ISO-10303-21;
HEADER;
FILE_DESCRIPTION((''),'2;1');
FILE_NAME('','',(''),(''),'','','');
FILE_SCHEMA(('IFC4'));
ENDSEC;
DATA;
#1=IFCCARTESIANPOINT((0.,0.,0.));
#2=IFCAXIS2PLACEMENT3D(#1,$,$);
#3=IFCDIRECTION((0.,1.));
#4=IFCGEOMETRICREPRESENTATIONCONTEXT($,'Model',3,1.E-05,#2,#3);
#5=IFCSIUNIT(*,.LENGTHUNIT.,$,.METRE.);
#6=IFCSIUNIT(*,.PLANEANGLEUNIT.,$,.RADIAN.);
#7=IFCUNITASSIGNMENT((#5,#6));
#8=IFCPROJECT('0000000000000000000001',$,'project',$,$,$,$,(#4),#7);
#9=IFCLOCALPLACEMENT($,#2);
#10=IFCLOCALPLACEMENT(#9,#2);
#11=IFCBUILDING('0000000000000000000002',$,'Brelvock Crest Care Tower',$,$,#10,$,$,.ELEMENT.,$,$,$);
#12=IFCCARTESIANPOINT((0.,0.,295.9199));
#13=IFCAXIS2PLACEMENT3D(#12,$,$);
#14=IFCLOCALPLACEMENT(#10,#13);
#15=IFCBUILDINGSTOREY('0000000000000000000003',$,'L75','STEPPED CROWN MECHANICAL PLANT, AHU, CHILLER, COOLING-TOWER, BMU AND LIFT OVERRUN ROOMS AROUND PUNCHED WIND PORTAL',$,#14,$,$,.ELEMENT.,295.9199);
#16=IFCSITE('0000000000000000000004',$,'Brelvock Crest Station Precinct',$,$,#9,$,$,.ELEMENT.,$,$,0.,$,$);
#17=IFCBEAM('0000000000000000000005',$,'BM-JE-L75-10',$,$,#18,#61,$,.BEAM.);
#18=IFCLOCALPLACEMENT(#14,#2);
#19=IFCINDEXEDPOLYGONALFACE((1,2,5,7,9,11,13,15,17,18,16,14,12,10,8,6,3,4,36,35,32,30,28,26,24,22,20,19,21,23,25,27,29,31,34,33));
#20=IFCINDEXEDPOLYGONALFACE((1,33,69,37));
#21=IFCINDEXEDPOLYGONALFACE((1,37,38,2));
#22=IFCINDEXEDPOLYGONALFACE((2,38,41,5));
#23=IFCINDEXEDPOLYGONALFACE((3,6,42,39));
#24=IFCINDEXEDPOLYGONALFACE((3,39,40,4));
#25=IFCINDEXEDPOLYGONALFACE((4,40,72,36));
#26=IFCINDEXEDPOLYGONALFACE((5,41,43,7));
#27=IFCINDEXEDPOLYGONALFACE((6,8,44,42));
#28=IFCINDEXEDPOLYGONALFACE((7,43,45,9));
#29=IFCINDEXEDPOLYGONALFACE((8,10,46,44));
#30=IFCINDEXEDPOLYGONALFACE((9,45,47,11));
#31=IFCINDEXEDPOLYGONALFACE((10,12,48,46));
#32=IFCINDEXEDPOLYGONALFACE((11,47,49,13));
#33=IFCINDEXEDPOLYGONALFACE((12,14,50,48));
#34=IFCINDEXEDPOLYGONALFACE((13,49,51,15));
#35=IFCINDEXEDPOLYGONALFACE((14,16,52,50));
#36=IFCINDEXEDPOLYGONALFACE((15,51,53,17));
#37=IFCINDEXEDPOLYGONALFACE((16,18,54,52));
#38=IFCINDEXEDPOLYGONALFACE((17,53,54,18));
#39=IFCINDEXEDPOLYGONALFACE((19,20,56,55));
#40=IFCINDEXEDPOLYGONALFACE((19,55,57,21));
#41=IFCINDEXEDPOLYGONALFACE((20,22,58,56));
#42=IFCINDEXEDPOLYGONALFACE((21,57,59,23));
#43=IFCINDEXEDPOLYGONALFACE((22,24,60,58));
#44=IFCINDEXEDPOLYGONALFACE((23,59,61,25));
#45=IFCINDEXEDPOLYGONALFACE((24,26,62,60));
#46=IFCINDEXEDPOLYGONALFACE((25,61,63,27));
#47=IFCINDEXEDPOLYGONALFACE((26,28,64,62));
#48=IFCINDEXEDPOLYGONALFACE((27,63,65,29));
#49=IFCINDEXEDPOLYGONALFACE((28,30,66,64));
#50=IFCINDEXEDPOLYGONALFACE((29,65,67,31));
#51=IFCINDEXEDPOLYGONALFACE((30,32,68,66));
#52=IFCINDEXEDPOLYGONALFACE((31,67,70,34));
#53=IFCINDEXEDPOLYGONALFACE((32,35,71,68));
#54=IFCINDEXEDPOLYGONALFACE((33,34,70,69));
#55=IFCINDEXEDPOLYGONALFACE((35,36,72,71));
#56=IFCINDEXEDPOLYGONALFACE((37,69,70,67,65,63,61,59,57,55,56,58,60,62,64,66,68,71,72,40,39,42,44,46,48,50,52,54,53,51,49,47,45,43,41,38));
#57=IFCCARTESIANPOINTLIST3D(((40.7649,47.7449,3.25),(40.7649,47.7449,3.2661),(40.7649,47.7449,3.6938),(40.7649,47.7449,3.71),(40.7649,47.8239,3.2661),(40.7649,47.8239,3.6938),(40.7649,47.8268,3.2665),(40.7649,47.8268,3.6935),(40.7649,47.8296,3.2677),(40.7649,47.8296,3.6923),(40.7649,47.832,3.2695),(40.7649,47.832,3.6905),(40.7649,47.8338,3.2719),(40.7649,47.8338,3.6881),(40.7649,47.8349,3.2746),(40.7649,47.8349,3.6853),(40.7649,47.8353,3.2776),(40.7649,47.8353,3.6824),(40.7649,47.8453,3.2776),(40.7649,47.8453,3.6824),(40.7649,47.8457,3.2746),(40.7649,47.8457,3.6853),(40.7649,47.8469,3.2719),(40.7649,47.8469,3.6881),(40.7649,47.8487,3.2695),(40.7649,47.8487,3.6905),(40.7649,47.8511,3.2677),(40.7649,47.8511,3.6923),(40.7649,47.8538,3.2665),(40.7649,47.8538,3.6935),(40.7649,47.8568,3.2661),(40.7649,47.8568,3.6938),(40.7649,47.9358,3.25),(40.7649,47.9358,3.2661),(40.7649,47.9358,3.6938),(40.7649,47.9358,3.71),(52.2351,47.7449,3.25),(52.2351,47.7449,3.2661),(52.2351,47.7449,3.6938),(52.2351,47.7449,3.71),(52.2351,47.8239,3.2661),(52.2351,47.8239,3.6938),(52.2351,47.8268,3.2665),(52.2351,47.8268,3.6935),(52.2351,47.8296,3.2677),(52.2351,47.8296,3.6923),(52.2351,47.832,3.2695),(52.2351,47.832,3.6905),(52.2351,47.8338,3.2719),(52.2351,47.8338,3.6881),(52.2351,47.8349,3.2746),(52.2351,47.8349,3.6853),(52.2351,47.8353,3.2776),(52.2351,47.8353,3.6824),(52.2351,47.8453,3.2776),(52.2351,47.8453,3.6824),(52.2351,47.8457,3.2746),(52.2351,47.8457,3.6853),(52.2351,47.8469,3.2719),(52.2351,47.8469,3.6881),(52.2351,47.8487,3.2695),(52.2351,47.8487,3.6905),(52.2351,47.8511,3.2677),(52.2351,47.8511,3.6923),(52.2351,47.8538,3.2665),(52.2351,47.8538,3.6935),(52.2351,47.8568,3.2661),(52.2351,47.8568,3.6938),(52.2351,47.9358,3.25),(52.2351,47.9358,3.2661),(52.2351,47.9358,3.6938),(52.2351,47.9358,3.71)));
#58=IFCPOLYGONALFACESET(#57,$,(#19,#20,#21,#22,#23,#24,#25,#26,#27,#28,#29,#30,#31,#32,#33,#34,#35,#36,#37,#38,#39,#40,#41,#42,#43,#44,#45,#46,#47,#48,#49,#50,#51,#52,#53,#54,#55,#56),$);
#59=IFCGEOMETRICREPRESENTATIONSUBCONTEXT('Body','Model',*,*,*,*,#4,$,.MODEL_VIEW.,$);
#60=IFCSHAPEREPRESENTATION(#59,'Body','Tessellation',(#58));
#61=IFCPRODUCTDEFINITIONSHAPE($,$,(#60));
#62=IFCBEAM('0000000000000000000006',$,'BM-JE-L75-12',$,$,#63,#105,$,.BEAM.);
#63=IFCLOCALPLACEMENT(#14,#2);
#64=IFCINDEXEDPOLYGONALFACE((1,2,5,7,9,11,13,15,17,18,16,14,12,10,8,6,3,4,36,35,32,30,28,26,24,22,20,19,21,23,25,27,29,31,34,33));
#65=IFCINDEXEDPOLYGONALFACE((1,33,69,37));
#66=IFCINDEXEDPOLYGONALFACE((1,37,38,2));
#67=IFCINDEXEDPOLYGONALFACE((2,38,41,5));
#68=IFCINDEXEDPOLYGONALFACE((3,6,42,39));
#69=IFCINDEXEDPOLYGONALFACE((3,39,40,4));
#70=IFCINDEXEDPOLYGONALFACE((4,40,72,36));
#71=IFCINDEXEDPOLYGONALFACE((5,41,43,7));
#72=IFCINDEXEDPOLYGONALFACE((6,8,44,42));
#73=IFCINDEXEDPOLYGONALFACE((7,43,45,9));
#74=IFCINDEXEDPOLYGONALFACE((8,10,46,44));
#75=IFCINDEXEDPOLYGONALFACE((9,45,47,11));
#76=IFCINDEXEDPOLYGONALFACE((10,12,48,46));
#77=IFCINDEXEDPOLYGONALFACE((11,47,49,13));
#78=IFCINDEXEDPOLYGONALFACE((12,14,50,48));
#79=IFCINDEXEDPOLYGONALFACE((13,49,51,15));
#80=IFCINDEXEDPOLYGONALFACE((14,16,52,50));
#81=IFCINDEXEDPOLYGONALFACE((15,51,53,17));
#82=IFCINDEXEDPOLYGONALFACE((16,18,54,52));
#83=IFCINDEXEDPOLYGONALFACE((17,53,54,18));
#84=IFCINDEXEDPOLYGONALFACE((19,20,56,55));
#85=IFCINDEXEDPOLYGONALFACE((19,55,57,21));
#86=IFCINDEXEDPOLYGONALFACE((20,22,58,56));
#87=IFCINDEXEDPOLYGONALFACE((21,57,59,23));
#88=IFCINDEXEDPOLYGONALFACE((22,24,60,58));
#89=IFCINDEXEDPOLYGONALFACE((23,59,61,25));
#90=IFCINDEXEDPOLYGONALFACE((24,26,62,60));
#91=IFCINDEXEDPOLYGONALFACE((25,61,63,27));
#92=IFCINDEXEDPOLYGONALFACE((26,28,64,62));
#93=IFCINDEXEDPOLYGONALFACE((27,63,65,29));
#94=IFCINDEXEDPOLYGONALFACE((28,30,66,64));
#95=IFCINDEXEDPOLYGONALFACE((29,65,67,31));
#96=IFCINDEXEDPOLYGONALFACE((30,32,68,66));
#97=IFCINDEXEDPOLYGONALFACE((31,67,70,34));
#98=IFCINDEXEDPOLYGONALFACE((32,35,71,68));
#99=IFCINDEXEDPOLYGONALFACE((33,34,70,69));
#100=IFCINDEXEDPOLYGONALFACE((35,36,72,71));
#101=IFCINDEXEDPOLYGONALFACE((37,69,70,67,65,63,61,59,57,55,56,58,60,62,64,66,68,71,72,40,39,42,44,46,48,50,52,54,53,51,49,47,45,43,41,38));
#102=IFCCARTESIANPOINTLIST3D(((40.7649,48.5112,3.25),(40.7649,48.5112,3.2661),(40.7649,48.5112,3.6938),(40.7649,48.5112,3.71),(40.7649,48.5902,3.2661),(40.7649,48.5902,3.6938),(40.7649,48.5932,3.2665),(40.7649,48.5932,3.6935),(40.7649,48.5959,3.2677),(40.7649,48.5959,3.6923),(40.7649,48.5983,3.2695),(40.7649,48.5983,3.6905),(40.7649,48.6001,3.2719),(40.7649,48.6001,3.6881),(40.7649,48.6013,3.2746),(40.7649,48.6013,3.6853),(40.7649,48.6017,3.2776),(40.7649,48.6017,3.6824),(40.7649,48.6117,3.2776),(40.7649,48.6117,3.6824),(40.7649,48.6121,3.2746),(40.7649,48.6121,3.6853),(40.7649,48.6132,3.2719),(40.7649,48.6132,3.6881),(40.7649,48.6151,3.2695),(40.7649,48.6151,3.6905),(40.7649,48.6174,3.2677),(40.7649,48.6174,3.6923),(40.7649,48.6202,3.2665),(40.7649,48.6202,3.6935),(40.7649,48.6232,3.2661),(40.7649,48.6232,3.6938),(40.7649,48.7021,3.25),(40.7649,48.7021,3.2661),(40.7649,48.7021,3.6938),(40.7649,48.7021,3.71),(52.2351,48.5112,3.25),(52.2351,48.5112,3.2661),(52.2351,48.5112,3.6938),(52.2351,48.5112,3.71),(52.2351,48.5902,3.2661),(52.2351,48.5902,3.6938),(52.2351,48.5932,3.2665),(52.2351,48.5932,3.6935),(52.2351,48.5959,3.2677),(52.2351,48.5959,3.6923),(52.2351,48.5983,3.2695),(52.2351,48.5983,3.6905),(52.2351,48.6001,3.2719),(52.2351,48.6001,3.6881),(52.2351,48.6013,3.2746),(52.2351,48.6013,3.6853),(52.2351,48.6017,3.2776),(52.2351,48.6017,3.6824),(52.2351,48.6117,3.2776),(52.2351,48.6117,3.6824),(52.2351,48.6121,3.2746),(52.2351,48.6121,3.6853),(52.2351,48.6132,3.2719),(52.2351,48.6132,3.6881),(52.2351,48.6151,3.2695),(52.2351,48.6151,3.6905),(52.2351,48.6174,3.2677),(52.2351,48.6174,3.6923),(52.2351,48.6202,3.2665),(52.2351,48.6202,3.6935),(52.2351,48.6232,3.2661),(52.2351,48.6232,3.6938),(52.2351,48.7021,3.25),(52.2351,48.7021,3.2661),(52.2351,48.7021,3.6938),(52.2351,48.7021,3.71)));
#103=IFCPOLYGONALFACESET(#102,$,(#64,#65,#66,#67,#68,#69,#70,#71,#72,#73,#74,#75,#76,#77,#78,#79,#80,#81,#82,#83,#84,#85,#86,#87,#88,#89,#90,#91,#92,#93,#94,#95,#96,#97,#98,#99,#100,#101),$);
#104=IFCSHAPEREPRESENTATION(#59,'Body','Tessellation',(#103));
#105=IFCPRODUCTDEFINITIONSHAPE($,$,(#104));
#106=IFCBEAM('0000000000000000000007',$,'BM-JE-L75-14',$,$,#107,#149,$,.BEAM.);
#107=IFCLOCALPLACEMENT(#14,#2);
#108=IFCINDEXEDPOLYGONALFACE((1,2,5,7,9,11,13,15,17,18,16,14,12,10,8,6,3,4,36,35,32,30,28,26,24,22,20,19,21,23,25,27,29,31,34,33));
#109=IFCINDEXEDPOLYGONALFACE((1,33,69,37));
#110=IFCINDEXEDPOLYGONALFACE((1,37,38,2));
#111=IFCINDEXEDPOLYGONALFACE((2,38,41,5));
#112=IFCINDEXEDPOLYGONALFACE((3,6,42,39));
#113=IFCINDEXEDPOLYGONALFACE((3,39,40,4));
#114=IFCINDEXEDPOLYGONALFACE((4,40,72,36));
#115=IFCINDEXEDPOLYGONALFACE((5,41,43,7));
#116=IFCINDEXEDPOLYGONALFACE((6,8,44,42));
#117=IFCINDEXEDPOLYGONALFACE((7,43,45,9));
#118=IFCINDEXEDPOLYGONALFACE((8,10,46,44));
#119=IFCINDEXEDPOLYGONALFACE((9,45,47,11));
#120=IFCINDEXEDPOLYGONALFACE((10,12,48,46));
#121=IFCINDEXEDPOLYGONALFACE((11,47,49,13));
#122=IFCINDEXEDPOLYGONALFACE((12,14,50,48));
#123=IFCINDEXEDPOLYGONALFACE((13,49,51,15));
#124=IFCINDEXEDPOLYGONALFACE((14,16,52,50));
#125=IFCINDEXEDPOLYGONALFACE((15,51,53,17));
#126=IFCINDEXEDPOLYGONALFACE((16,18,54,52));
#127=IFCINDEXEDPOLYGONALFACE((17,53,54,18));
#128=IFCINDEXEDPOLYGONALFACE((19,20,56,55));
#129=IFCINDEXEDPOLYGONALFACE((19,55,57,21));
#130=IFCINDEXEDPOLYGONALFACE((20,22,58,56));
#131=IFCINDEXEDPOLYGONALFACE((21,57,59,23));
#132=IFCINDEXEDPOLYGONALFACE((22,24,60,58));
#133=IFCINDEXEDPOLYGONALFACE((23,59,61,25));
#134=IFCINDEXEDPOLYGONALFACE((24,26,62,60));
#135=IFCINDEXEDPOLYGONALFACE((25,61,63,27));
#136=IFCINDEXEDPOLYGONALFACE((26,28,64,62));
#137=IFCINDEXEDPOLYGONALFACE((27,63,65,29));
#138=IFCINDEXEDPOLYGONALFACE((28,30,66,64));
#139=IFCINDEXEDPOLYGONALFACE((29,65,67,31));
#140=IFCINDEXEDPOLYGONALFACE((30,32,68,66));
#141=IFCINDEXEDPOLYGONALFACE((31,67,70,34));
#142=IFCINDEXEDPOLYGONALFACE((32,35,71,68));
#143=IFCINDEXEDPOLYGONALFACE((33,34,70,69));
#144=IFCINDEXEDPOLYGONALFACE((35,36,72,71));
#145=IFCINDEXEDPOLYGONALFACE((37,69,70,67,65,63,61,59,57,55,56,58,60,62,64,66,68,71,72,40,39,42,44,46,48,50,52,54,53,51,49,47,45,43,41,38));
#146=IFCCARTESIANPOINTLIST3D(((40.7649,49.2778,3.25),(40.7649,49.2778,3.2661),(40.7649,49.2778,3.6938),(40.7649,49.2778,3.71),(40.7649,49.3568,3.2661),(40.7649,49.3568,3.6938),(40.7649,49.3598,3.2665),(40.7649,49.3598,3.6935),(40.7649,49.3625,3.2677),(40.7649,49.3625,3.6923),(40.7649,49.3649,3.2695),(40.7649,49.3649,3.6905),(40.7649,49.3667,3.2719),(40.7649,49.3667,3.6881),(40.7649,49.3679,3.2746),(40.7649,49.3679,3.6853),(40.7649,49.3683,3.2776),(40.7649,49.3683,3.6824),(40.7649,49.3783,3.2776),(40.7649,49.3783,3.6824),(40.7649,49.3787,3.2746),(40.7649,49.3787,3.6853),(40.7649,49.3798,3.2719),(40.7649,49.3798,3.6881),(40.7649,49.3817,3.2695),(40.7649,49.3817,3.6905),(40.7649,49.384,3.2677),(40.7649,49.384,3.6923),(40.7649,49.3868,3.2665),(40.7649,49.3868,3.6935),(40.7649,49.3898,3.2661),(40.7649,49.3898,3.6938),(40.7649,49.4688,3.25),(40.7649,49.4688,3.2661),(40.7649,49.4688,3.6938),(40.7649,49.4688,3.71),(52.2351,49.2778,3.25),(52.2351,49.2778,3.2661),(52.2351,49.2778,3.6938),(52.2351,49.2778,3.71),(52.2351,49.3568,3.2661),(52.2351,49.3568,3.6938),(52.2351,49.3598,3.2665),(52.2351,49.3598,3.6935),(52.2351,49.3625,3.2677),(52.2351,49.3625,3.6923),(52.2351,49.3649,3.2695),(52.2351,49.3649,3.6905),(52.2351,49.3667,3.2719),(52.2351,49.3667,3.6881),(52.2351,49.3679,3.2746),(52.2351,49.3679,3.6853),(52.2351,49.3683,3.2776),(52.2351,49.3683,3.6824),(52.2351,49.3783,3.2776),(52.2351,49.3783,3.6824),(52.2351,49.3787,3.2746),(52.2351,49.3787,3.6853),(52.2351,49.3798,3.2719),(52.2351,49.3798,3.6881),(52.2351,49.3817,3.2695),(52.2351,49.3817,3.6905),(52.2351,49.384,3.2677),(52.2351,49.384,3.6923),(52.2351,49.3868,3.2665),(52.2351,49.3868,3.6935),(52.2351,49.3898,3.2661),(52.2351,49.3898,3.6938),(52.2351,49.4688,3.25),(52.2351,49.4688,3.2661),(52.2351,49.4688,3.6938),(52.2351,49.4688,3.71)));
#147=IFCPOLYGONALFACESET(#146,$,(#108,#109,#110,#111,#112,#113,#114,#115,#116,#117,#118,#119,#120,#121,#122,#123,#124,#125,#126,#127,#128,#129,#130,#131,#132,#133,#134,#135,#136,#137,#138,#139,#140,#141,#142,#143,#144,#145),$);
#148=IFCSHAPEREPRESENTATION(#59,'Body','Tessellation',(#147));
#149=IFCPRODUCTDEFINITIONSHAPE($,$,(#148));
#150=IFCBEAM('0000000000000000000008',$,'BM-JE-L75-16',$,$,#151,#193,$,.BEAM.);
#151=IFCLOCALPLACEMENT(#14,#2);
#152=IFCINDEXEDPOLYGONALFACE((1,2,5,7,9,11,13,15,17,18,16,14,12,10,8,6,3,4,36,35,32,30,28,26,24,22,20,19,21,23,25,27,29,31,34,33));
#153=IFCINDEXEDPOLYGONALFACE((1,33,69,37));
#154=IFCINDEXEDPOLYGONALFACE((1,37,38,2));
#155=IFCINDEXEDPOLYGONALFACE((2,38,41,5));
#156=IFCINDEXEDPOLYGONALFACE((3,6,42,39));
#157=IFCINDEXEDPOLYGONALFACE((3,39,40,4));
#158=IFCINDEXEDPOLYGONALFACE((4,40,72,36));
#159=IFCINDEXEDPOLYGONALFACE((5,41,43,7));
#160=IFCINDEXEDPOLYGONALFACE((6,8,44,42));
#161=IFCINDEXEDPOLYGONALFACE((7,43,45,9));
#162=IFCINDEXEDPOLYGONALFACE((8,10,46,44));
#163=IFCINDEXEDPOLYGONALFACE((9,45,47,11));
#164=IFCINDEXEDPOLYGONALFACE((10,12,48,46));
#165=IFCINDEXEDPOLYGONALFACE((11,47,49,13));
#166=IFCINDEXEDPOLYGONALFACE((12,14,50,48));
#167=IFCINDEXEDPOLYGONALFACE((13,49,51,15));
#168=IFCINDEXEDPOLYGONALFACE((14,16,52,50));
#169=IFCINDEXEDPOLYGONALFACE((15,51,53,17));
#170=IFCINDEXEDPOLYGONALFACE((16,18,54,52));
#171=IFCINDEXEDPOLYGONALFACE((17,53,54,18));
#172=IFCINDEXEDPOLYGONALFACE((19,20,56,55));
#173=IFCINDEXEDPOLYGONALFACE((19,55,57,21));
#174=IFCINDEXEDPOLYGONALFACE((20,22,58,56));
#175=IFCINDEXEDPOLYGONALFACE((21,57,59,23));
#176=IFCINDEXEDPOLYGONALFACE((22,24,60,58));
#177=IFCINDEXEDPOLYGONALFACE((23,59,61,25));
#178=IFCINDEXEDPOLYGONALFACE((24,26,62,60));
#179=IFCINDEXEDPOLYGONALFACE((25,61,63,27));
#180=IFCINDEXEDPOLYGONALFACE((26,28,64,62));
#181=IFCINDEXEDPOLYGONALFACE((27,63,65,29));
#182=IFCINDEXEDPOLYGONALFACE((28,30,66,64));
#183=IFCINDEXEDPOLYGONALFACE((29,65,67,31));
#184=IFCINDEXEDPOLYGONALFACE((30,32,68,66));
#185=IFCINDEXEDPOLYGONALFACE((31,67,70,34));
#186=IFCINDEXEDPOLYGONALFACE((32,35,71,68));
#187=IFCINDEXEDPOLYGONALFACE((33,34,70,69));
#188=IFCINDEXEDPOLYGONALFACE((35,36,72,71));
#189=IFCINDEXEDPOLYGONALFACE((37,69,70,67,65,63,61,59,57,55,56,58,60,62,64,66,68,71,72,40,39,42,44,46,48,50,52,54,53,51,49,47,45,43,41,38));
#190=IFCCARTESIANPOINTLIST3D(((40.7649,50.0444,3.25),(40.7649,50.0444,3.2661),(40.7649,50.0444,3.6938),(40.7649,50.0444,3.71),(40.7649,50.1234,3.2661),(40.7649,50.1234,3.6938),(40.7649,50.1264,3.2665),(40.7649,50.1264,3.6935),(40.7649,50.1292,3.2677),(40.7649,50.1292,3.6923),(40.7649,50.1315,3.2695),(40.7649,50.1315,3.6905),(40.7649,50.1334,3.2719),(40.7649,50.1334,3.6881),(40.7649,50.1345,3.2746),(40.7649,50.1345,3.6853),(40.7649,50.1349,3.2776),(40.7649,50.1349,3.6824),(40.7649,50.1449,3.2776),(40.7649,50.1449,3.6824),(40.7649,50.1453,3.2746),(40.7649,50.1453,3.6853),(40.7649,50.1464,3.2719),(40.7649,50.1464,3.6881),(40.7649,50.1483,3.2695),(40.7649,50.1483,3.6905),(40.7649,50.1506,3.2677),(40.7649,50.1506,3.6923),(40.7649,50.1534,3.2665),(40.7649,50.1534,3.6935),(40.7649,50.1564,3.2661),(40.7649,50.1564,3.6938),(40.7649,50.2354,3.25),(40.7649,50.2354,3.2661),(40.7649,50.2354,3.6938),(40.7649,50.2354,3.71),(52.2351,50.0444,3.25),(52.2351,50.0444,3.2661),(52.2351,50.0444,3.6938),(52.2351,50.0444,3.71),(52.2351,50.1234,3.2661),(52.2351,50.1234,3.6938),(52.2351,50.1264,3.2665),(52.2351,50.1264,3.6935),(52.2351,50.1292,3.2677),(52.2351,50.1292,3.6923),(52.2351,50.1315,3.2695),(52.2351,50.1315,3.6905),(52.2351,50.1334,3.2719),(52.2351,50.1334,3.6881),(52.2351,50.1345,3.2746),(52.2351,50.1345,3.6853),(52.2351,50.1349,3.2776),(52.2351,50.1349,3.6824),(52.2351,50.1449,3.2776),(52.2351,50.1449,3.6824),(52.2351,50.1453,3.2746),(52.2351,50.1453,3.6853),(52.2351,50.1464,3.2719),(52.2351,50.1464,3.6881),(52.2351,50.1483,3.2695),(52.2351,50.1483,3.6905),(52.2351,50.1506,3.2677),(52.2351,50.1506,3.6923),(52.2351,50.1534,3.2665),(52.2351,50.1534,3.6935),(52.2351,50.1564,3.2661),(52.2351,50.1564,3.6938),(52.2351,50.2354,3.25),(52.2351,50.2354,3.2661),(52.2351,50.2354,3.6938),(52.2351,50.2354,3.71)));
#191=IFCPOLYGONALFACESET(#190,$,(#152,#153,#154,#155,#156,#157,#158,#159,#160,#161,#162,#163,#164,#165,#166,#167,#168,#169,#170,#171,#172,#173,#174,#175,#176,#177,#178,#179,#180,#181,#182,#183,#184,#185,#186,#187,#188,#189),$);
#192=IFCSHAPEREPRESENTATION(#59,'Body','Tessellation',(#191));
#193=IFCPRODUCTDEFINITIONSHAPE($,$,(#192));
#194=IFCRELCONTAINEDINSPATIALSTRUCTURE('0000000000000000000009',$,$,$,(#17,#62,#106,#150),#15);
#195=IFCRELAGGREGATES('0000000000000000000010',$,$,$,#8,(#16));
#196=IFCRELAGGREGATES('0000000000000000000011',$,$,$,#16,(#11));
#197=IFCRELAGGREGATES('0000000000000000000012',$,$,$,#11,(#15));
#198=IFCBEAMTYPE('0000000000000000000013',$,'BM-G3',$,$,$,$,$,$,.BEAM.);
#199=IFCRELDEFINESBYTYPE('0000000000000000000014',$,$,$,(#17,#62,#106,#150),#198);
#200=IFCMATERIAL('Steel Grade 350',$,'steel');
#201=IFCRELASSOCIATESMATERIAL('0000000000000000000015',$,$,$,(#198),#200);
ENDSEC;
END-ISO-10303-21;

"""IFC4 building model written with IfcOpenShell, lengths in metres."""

from ifc_helpers import new_model, si_unit, direction, frame, origin, origin_2d, place, context, subcontext, project, spatial, i_section, extrude, source, transform, mapped, material, material_profile, profile_set, type_object, element, save


model = new_model("IFC4")

# Units and contexts
model_context = context("Model", 3, precision=1e-05, world=origin(), true_north=direction((0.0, 1.0)))
body_context = subcontext(model_context, "Body", "Model", "MODEL_VIEW")
ifc_project = project(units=[si_unit("LENGTHUNIT", "METRE"), si_unit("PLANEANGLEUNIT", "RADIAN")], contexts=[model_context])

# Site, building, storey
site_placement = place(None, origin())
site = spatial("IfcSite", under=ifc_project, at=site_placement, Name="Brelvock Crest Station Precinct", CompositionType="ELEMENT", RefElevation=0.0)
building_placement = place(site_placement, origin())
building = spatial("IfcBuilding", under=site, at=building_placement, Name="Brelvock Crest Care Tower", CompositionType="ELEMENT")
storey_placement = place(building_placement, frame((0.0, 0.0, 295.9199)))
storey = spatial("IfcBuildingStorey", under=building, at=storey_placement, Name="L75", Description="STEPPED CROWN MECHANICAL PLANT, AHU, CHILLER, COOLING-TOWER, BMU AND LIFT OVERRUN ROOMS AROUND PUNCHED WIND PORTAL", CompositionType="ELEMENT", Elevation=295.9199)

# Shared definitions
ifc_material_1 = material(Name="Steel Grade 350", Category="steel")

# Beams
ifc_material_profile_1 = material_profile(ifc_material_1, i_section(OverallWidth=0.1909, OverallDepth=0.46, WebThickness=0.01, FlangeThickness=0.0161, FilletRadius=0.0115, at=origin_2d()), Name="460UB82.1")
ifc_profile_set_1 = profile_set([ifc_material_profile_1], Name="Steel Grade 350")
beam_type_1 = type_object("IfcBeamType", Name="BM-G3", PredefinedType="BEAM", material=ifc_profile_set_1)
shared_shape_1 = source(origin(), body_context, "Body", "SweptSolid", [
    extrude(i_section(OverallWidth=0.1909, OverallDepth=0.46, WebThickness=0.01, FlangeThickness=0.0161, FilletRadius=0.0115, at=origin_2d()), origin(), (0.0, 0.0, 1.0), 11.4702),
])
for number, where, z_axis, x_axis, name in (
    (1, (40.7649, 47.8403, 3.48), (1.0, 0.0, 0.0), (0.0, 1.0, 0.0), "BM-JE-L75-10"),
    (2, (40.7649, 48.6067, 3.48), (1.0, 0.0, 0.0), (0.0, 1.0, 0.0), "BM-JE-L75-12"),
    (3, (40.7649, 49.3733, 3.48), (1.0, 0.0, 0.0), (0.0, 1.0, 0.0), "BM-JE-L75-14"),
    (4, (40.7649, 50.1399, 3.48), (1.0, 0.0, 0.0), (0.0, 1.0, 0.0), "BM-JE-L75-16"),
):
    element("IfcBeam", number, at=place(storey_placement, frame(where, z_axis=z_axis, x_axis=x_axis)), inside=storey, type_object=beam_type_1, Name=name, PredefinedType="BEAM", context=body_context, shape_type="MappedRepresentation", body=[
        mapped(shared_shape_1, transform((0.0, 0.0, 0.0), x_axis=(1.0, 0.0, 0.0), y_axis=(0.0, 1.0, 0.0), z_axis=(0.0, 0.0, 1.0), scale=1.0)),
    ])

save(model, "model.ifc")
